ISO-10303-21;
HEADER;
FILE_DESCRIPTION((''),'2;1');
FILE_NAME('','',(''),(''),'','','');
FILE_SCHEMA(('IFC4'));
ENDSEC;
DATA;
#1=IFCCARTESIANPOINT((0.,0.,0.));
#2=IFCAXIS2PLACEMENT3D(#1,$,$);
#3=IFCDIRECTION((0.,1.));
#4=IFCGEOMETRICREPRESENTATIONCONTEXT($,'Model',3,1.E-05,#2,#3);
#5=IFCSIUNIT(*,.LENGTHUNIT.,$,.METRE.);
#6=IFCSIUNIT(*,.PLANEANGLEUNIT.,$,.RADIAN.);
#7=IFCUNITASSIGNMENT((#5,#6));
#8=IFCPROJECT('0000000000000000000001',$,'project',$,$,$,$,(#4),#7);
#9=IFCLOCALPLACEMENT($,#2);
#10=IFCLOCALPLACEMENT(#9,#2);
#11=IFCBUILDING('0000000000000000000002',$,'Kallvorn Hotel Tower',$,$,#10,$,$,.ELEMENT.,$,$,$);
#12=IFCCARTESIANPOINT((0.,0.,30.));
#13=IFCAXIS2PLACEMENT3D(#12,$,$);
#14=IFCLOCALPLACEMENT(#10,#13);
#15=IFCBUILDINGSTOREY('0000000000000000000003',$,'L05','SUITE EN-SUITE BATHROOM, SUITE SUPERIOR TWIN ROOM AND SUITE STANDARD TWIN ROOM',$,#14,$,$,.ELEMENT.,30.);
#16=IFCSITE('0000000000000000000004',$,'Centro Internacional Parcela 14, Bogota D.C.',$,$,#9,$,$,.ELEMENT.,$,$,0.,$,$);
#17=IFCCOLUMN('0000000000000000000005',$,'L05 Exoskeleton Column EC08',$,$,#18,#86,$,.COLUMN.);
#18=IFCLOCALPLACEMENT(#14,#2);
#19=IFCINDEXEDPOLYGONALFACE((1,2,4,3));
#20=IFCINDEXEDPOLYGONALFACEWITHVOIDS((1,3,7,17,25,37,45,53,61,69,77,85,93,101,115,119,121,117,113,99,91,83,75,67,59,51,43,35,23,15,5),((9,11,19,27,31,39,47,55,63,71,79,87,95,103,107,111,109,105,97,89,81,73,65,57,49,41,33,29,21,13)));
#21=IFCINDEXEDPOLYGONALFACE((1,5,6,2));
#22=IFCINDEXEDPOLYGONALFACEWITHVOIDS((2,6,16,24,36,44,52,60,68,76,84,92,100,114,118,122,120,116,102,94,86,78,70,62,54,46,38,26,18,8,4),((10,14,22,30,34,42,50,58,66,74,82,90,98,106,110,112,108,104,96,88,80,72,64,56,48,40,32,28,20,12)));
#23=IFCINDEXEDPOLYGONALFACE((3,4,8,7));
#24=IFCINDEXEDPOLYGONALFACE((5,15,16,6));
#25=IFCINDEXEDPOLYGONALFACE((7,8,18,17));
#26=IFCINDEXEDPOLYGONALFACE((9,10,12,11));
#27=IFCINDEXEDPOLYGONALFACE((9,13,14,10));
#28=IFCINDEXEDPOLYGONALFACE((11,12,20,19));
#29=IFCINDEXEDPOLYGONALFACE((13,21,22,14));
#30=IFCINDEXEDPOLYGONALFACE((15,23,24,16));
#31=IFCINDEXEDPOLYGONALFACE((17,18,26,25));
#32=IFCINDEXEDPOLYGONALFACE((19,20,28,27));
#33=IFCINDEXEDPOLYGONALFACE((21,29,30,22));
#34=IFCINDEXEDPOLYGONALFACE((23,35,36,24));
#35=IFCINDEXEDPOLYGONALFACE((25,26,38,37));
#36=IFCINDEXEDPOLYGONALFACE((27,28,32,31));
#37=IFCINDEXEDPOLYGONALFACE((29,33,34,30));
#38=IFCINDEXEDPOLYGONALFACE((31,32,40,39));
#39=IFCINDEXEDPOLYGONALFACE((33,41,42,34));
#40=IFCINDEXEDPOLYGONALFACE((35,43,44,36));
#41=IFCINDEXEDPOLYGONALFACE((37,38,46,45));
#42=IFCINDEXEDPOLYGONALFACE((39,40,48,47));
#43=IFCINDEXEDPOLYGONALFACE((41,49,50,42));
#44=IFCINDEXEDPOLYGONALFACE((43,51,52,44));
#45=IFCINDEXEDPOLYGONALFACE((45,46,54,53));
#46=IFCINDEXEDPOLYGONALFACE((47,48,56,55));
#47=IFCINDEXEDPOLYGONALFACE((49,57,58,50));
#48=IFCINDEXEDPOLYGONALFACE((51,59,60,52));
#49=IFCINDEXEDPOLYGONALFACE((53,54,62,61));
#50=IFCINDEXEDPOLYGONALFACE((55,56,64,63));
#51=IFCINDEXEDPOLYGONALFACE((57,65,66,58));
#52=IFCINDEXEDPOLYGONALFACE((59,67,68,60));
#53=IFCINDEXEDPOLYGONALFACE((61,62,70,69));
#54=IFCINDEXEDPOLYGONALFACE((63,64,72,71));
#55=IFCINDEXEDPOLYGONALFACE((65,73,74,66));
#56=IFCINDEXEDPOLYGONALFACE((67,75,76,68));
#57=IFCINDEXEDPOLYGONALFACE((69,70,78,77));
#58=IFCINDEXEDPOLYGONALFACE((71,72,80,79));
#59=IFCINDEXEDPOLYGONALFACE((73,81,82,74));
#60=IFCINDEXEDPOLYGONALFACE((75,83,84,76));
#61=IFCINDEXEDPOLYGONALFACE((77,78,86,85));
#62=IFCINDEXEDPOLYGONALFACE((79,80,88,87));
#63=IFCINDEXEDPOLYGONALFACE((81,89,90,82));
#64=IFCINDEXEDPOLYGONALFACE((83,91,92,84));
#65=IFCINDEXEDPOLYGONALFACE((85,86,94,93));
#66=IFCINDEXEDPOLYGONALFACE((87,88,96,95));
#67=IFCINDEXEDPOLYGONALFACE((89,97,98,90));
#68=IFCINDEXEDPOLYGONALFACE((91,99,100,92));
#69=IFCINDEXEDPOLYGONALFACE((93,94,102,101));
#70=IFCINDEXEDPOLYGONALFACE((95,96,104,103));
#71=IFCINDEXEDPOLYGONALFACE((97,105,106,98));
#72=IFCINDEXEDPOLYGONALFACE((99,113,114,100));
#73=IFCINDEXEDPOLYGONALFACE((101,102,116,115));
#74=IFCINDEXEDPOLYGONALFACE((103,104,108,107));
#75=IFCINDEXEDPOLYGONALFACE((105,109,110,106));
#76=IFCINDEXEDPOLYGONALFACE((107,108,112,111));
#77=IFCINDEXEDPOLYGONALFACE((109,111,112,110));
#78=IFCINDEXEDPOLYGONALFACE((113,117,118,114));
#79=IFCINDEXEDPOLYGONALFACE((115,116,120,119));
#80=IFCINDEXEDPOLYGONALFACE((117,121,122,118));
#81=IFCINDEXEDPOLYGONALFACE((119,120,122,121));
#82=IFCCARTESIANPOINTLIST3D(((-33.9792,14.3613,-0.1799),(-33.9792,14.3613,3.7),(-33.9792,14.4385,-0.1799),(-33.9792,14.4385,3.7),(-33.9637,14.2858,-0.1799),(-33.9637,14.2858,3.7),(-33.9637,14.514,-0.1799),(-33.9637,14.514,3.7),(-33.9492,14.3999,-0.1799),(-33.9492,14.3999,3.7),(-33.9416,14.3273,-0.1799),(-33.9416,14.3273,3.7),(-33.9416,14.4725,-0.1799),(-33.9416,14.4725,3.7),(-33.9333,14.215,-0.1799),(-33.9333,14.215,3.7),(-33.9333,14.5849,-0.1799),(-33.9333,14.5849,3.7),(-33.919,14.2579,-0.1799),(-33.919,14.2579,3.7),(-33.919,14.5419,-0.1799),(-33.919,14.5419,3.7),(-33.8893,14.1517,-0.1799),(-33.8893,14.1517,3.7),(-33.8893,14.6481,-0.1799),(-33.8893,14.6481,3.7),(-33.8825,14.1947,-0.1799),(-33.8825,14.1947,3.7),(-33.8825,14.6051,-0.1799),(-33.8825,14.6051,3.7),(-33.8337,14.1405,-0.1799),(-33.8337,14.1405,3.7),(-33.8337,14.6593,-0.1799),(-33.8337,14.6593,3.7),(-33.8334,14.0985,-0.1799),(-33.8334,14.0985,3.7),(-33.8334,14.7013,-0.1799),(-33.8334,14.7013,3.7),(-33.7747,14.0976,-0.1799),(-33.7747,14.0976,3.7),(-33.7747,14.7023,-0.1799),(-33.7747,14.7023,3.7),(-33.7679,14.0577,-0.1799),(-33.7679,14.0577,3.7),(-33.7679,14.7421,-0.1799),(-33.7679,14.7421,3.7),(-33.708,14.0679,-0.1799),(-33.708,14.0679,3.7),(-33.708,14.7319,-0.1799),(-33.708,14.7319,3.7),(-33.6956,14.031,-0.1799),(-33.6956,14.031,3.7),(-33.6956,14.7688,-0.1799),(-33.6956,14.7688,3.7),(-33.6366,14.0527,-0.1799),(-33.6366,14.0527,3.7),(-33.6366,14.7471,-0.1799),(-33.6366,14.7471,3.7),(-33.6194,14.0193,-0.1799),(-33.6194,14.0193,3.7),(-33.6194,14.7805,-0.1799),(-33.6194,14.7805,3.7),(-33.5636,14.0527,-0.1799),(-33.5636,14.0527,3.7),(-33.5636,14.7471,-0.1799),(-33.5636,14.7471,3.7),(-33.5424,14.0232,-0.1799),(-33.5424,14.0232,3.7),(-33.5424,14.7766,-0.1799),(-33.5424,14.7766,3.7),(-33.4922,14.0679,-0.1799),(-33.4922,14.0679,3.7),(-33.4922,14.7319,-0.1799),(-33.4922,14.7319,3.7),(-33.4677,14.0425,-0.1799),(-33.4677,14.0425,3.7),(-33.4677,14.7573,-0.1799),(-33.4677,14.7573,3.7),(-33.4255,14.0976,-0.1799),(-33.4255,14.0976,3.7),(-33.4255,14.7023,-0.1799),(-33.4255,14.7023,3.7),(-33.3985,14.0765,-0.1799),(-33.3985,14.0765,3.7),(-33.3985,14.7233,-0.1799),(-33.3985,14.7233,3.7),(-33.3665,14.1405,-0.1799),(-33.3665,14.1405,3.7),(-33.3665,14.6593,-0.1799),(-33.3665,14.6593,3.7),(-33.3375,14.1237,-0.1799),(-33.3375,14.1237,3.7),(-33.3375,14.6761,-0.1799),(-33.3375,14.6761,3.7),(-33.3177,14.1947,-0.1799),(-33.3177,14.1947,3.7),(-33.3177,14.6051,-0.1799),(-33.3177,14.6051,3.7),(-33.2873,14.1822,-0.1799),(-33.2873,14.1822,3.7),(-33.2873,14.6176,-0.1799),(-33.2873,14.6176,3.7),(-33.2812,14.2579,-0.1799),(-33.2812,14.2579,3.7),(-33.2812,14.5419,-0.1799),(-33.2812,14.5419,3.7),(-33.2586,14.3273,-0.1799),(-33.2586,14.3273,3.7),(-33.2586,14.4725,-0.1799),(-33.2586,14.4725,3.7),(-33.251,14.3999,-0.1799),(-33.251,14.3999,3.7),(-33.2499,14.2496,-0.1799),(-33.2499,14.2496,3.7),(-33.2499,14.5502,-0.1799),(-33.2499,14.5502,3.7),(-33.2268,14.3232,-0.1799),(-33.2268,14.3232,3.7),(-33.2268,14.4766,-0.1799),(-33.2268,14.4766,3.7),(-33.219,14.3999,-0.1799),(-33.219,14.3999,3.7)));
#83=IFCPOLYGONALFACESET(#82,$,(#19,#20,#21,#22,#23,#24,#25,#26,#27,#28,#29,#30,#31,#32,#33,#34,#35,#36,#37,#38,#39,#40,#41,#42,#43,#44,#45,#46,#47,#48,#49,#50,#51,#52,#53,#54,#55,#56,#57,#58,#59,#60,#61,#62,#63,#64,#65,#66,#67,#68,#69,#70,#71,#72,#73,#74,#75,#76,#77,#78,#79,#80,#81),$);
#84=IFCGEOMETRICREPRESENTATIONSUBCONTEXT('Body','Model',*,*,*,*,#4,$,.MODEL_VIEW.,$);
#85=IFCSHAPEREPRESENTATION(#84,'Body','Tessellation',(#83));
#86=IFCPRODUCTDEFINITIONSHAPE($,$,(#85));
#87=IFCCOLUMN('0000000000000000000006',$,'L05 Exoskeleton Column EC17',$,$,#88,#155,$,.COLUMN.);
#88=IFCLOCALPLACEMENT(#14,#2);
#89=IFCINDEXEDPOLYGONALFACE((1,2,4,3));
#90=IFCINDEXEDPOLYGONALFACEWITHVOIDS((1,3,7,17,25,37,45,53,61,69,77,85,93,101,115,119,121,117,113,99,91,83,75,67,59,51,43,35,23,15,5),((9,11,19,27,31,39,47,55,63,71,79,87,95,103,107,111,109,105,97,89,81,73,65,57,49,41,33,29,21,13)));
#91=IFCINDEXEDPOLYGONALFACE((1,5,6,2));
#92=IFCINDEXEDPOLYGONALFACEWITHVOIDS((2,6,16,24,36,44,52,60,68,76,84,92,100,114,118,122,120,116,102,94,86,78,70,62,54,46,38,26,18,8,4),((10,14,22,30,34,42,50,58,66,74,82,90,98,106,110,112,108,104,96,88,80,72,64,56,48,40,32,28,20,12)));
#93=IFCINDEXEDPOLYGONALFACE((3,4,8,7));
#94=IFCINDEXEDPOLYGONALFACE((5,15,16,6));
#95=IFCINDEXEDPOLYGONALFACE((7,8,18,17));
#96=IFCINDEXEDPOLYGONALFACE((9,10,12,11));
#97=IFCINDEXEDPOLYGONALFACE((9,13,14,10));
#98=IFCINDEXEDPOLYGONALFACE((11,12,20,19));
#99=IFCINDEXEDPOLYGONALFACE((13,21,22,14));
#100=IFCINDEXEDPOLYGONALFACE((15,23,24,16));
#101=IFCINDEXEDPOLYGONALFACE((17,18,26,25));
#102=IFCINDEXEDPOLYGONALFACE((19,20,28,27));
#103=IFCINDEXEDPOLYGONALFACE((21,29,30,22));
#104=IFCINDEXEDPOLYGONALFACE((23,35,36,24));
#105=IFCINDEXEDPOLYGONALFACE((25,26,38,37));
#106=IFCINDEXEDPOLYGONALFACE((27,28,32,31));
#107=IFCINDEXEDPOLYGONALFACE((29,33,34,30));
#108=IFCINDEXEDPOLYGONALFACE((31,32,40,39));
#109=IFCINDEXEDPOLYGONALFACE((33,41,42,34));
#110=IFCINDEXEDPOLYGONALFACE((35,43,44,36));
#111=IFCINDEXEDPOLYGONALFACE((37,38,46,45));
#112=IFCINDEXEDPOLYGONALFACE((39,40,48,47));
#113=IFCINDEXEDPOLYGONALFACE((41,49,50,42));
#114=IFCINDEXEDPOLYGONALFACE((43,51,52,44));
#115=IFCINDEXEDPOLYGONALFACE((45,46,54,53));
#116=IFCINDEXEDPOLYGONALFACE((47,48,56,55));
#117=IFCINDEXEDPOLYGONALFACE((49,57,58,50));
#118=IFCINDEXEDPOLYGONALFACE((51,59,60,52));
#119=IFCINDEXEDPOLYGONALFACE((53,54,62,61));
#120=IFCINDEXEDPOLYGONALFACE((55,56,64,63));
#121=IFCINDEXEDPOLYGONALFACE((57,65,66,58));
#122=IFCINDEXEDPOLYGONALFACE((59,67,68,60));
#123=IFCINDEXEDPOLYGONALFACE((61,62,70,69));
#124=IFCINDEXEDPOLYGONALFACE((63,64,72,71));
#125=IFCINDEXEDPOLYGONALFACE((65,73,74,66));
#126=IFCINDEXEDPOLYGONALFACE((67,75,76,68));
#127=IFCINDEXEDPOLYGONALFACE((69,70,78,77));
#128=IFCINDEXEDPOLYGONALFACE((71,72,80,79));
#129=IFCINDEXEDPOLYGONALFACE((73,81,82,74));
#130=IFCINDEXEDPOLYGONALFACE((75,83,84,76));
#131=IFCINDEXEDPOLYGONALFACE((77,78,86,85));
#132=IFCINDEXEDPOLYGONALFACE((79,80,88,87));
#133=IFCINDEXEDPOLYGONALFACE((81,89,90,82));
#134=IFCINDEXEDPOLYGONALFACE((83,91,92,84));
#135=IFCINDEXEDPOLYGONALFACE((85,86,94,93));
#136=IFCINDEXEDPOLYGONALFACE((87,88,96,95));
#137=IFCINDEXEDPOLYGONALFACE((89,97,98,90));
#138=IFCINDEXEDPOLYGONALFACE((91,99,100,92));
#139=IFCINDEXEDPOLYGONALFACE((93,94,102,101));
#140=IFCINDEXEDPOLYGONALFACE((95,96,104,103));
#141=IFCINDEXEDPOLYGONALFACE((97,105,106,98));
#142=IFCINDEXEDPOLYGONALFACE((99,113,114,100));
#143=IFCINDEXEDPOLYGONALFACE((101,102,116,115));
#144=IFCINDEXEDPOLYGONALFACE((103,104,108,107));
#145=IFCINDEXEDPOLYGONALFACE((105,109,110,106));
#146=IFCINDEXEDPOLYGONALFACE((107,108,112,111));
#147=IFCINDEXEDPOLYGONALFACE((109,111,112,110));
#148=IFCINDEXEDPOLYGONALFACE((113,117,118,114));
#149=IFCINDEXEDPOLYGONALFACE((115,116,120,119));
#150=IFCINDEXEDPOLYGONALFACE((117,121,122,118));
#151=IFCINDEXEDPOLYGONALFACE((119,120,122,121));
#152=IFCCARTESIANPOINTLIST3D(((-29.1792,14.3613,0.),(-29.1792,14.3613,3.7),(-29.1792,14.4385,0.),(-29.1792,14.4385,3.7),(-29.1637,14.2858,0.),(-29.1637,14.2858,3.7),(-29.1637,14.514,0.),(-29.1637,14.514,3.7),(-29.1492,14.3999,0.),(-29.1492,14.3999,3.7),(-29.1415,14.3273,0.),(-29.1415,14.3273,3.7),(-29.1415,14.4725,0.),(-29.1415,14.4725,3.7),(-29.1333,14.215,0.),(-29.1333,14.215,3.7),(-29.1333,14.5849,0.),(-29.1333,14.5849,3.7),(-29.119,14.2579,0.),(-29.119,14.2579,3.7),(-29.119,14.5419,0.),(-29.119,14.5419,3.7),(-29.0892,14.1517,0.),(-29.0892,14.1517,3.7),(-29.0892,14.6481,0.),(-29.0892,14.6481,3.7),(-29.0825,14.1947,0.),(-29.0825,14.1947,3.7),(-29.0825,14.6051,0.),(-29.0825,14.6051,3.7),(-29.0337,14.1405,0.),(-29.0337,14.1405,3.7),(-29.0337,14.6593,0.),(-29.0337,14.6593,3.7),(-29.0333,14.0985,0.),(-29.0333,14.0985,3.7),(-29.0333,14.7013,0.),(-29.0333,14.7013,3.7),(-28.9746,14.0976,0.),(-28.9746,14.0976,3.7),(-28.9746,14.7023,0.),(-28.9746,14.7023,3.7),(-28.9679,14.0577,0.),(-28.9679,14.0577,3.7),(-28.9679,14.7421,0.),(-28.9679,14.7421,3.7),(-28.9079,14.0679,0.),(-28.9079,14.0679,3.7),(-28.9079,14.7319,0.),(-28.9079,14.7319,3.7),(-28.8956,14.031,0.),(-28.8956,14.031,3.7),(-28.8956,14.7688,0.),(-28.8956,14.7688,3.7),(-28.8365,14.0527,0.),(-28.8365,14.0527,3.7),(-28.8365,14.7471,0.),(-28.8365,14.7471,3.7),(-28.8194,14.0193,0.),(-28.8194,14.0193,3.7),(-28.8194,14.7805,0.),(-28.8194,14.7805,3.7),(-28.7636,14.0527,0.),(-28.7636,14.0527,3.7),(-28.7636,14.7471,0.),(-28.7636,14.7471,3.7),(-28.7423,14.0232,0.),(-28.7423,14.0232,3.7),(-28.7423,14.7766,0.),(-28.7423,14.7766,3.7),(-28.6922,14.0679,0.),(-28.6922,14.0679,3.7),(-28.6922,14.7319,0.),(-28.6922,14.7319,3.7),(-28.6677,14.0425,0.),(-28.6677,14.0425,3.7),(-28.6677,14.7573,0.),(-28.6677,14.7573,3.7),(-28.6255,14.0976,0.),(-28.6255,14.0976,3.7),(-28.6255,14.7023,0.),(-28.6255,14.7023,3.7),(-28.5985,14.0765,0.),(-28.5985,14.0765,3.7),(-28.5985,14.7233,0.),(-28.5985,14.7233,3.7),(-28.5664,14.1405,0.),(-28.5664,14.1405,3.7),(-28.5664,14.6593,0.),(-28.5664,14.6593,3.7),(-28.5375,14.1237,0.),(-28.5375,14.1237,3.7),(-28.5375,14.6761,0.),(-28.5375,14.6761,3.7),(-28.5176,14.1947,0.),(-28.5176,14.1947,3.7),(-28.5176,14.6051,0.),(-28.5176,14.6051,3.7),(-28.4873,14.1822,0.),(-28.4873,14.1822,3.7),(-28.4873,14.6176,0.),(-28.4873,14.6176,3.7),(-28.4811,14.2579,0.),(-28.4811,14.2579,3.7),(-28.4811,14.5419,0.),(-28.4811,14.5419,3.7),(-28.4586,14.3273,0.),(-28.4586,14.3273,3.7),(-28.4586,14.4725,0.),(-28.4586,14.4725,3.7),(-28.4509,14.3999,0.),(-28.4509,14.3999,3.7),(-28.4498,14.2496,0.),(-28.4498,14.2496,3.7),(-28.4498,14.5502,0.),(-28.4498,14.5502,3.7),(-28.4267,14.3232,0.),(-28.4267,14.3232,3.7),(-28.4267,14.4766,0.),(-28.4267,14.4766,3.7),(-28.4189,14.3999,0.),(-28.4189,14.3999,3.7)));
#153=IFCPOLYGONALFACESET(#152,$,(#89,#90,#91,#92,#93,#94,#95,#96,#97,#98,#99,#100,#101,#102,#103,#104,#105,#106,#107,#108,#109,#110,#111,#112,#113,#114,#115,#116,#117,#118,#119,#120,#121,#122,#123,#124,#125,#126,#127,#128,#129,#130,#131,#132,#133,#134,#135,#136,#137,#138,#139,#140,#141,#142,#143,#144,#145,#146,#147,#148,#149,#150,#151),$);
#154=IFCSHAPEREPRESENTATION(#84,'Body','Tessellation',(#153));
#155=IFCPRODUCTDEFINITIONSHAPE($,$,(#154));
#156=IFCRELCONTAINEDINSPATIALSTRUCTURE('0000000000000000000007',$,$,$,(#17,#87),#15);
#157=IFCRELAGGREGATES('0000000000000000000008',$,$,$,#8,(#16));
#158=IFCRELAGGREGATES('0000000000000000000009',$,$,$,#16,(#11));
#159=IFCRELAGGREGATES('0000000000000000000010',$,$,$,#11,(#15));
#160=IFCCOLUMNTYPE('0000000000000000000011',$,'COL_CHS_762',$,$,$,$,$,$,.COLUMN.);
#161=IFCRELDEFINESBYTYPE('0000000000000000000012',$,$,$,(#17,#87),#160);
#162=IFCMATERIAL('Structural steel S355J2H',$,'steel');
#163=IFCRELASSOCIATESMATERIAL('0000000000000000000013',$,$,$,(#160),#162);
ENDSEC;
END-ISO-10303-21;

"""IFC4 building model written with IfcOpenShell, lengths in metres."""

from ifc_helpers import new_model, si_unit, direction, frame, origin, origin_2d, place, context, subcontext, project, spatial, hollow_circle, extrude, material, material_profile, profile_set, type_object, element, save


model = new_model("IFC4")

# Units and contexts
model_context = context("Model", 3, precision=1e-05, world=origin(), true_north=direction((0.0, 1.0)))
body_context = subcontext(model_context, "Body", "Model", "MODEL_VIEW")
ifc_project = project(units=[si_unit("LENGTHUNIT", "METRE"), si_unit("PLANEANGLEUNIT", "RADIAN")], contexts=[model_context])

# Site, building, storey
site_placement = place(None, origin())
site = spatial("IfcSite", under=ifc_project, at=site_placement, Name="Centro Internacional Parcela 14, Bogota D.C.", CompositionType="ELEMENT", RefElevation=0.0)
building_placement = place(site_placement, origin())
building = spatial("IfcBuilding", under=site, at=building_placement, Name="Kallvorn Hotel Tower", CompositionType="ELEMENT")
storey_placement = place(building_placement, frame((0.0, 0.0, 30.0)))
storey = spatial("IfcBuildingStorey", under=building, at=storey_placement, Name="L05", Description="SUITE EN-SUITE BATHROOM, SUITE SUPERIOR TWIN ROOM AND SUITE STANDARD TWIN ROOM", CompositionType="ELEMENT", Elevation=30.0)

# Columns
ifc_material_1 = material(Name="Structural steel S355J2H", Category="steel")
ifc_material_profile_1 = material_profile(ifc_material_1, hollow_circle(Radius=0.3811, WallThickness=0.032, at=origin_2d()), Name="CHS 762x32")
ifc_profile_set_1 = profile_set([ifc_material_profile_1], Name="Structural steel S355J2H")
column_type_1 = type_object("IfcColumnType", Name="COL_CHS_762", PredefinedType="COLUMN", material=ifc_profile_set_1)
column_1_placement = place(storey_placement, frame((-33.6001, 14.3999, -0.1799), z_axis=(0.0, 0.0, 1.0), x_axis=(1.0, 0.0, 0.0)))
element("IfcColumn", 1, at=column_1_placement, inside=storey, type_object=column_type_1, Name="L05 Exoskeleton Column EC08", PredefinedType="COLUMN", context=body_context, shape_type="SweptSolid", body=[
    extrude(hollow_circle(Radius=0.3811, WallThickness=0.032, at=origin_2d()), origin(), (0.0, 0.0, 1.0), 3.8799),
])
for number, where, z_axis, x_axis, name in (
    (2, (-28.8, 14.3999, 0.0), (0.0, 0.0, 1.0), (1.0, 0.0, 0.0), "L05 Exoskeleton Column EC17"),
):
    element("IfcColumn", number, at=place(storey_placement, frame(where, z_axis=z_axis, x_axis=x_axis)), inside=storey, type_object=column_type_1, Name=name, PredefinedType="COLUMN", context=body_context, shape_type="SweptSolid", body=[
        extrude(hollow_circle(Radius=0.3811, WallThickness=0.032, at=origin_2d()), origin(), (0.0, 0.0, 1.0), 3.7),
    ])

save(model, "model.ifc")
